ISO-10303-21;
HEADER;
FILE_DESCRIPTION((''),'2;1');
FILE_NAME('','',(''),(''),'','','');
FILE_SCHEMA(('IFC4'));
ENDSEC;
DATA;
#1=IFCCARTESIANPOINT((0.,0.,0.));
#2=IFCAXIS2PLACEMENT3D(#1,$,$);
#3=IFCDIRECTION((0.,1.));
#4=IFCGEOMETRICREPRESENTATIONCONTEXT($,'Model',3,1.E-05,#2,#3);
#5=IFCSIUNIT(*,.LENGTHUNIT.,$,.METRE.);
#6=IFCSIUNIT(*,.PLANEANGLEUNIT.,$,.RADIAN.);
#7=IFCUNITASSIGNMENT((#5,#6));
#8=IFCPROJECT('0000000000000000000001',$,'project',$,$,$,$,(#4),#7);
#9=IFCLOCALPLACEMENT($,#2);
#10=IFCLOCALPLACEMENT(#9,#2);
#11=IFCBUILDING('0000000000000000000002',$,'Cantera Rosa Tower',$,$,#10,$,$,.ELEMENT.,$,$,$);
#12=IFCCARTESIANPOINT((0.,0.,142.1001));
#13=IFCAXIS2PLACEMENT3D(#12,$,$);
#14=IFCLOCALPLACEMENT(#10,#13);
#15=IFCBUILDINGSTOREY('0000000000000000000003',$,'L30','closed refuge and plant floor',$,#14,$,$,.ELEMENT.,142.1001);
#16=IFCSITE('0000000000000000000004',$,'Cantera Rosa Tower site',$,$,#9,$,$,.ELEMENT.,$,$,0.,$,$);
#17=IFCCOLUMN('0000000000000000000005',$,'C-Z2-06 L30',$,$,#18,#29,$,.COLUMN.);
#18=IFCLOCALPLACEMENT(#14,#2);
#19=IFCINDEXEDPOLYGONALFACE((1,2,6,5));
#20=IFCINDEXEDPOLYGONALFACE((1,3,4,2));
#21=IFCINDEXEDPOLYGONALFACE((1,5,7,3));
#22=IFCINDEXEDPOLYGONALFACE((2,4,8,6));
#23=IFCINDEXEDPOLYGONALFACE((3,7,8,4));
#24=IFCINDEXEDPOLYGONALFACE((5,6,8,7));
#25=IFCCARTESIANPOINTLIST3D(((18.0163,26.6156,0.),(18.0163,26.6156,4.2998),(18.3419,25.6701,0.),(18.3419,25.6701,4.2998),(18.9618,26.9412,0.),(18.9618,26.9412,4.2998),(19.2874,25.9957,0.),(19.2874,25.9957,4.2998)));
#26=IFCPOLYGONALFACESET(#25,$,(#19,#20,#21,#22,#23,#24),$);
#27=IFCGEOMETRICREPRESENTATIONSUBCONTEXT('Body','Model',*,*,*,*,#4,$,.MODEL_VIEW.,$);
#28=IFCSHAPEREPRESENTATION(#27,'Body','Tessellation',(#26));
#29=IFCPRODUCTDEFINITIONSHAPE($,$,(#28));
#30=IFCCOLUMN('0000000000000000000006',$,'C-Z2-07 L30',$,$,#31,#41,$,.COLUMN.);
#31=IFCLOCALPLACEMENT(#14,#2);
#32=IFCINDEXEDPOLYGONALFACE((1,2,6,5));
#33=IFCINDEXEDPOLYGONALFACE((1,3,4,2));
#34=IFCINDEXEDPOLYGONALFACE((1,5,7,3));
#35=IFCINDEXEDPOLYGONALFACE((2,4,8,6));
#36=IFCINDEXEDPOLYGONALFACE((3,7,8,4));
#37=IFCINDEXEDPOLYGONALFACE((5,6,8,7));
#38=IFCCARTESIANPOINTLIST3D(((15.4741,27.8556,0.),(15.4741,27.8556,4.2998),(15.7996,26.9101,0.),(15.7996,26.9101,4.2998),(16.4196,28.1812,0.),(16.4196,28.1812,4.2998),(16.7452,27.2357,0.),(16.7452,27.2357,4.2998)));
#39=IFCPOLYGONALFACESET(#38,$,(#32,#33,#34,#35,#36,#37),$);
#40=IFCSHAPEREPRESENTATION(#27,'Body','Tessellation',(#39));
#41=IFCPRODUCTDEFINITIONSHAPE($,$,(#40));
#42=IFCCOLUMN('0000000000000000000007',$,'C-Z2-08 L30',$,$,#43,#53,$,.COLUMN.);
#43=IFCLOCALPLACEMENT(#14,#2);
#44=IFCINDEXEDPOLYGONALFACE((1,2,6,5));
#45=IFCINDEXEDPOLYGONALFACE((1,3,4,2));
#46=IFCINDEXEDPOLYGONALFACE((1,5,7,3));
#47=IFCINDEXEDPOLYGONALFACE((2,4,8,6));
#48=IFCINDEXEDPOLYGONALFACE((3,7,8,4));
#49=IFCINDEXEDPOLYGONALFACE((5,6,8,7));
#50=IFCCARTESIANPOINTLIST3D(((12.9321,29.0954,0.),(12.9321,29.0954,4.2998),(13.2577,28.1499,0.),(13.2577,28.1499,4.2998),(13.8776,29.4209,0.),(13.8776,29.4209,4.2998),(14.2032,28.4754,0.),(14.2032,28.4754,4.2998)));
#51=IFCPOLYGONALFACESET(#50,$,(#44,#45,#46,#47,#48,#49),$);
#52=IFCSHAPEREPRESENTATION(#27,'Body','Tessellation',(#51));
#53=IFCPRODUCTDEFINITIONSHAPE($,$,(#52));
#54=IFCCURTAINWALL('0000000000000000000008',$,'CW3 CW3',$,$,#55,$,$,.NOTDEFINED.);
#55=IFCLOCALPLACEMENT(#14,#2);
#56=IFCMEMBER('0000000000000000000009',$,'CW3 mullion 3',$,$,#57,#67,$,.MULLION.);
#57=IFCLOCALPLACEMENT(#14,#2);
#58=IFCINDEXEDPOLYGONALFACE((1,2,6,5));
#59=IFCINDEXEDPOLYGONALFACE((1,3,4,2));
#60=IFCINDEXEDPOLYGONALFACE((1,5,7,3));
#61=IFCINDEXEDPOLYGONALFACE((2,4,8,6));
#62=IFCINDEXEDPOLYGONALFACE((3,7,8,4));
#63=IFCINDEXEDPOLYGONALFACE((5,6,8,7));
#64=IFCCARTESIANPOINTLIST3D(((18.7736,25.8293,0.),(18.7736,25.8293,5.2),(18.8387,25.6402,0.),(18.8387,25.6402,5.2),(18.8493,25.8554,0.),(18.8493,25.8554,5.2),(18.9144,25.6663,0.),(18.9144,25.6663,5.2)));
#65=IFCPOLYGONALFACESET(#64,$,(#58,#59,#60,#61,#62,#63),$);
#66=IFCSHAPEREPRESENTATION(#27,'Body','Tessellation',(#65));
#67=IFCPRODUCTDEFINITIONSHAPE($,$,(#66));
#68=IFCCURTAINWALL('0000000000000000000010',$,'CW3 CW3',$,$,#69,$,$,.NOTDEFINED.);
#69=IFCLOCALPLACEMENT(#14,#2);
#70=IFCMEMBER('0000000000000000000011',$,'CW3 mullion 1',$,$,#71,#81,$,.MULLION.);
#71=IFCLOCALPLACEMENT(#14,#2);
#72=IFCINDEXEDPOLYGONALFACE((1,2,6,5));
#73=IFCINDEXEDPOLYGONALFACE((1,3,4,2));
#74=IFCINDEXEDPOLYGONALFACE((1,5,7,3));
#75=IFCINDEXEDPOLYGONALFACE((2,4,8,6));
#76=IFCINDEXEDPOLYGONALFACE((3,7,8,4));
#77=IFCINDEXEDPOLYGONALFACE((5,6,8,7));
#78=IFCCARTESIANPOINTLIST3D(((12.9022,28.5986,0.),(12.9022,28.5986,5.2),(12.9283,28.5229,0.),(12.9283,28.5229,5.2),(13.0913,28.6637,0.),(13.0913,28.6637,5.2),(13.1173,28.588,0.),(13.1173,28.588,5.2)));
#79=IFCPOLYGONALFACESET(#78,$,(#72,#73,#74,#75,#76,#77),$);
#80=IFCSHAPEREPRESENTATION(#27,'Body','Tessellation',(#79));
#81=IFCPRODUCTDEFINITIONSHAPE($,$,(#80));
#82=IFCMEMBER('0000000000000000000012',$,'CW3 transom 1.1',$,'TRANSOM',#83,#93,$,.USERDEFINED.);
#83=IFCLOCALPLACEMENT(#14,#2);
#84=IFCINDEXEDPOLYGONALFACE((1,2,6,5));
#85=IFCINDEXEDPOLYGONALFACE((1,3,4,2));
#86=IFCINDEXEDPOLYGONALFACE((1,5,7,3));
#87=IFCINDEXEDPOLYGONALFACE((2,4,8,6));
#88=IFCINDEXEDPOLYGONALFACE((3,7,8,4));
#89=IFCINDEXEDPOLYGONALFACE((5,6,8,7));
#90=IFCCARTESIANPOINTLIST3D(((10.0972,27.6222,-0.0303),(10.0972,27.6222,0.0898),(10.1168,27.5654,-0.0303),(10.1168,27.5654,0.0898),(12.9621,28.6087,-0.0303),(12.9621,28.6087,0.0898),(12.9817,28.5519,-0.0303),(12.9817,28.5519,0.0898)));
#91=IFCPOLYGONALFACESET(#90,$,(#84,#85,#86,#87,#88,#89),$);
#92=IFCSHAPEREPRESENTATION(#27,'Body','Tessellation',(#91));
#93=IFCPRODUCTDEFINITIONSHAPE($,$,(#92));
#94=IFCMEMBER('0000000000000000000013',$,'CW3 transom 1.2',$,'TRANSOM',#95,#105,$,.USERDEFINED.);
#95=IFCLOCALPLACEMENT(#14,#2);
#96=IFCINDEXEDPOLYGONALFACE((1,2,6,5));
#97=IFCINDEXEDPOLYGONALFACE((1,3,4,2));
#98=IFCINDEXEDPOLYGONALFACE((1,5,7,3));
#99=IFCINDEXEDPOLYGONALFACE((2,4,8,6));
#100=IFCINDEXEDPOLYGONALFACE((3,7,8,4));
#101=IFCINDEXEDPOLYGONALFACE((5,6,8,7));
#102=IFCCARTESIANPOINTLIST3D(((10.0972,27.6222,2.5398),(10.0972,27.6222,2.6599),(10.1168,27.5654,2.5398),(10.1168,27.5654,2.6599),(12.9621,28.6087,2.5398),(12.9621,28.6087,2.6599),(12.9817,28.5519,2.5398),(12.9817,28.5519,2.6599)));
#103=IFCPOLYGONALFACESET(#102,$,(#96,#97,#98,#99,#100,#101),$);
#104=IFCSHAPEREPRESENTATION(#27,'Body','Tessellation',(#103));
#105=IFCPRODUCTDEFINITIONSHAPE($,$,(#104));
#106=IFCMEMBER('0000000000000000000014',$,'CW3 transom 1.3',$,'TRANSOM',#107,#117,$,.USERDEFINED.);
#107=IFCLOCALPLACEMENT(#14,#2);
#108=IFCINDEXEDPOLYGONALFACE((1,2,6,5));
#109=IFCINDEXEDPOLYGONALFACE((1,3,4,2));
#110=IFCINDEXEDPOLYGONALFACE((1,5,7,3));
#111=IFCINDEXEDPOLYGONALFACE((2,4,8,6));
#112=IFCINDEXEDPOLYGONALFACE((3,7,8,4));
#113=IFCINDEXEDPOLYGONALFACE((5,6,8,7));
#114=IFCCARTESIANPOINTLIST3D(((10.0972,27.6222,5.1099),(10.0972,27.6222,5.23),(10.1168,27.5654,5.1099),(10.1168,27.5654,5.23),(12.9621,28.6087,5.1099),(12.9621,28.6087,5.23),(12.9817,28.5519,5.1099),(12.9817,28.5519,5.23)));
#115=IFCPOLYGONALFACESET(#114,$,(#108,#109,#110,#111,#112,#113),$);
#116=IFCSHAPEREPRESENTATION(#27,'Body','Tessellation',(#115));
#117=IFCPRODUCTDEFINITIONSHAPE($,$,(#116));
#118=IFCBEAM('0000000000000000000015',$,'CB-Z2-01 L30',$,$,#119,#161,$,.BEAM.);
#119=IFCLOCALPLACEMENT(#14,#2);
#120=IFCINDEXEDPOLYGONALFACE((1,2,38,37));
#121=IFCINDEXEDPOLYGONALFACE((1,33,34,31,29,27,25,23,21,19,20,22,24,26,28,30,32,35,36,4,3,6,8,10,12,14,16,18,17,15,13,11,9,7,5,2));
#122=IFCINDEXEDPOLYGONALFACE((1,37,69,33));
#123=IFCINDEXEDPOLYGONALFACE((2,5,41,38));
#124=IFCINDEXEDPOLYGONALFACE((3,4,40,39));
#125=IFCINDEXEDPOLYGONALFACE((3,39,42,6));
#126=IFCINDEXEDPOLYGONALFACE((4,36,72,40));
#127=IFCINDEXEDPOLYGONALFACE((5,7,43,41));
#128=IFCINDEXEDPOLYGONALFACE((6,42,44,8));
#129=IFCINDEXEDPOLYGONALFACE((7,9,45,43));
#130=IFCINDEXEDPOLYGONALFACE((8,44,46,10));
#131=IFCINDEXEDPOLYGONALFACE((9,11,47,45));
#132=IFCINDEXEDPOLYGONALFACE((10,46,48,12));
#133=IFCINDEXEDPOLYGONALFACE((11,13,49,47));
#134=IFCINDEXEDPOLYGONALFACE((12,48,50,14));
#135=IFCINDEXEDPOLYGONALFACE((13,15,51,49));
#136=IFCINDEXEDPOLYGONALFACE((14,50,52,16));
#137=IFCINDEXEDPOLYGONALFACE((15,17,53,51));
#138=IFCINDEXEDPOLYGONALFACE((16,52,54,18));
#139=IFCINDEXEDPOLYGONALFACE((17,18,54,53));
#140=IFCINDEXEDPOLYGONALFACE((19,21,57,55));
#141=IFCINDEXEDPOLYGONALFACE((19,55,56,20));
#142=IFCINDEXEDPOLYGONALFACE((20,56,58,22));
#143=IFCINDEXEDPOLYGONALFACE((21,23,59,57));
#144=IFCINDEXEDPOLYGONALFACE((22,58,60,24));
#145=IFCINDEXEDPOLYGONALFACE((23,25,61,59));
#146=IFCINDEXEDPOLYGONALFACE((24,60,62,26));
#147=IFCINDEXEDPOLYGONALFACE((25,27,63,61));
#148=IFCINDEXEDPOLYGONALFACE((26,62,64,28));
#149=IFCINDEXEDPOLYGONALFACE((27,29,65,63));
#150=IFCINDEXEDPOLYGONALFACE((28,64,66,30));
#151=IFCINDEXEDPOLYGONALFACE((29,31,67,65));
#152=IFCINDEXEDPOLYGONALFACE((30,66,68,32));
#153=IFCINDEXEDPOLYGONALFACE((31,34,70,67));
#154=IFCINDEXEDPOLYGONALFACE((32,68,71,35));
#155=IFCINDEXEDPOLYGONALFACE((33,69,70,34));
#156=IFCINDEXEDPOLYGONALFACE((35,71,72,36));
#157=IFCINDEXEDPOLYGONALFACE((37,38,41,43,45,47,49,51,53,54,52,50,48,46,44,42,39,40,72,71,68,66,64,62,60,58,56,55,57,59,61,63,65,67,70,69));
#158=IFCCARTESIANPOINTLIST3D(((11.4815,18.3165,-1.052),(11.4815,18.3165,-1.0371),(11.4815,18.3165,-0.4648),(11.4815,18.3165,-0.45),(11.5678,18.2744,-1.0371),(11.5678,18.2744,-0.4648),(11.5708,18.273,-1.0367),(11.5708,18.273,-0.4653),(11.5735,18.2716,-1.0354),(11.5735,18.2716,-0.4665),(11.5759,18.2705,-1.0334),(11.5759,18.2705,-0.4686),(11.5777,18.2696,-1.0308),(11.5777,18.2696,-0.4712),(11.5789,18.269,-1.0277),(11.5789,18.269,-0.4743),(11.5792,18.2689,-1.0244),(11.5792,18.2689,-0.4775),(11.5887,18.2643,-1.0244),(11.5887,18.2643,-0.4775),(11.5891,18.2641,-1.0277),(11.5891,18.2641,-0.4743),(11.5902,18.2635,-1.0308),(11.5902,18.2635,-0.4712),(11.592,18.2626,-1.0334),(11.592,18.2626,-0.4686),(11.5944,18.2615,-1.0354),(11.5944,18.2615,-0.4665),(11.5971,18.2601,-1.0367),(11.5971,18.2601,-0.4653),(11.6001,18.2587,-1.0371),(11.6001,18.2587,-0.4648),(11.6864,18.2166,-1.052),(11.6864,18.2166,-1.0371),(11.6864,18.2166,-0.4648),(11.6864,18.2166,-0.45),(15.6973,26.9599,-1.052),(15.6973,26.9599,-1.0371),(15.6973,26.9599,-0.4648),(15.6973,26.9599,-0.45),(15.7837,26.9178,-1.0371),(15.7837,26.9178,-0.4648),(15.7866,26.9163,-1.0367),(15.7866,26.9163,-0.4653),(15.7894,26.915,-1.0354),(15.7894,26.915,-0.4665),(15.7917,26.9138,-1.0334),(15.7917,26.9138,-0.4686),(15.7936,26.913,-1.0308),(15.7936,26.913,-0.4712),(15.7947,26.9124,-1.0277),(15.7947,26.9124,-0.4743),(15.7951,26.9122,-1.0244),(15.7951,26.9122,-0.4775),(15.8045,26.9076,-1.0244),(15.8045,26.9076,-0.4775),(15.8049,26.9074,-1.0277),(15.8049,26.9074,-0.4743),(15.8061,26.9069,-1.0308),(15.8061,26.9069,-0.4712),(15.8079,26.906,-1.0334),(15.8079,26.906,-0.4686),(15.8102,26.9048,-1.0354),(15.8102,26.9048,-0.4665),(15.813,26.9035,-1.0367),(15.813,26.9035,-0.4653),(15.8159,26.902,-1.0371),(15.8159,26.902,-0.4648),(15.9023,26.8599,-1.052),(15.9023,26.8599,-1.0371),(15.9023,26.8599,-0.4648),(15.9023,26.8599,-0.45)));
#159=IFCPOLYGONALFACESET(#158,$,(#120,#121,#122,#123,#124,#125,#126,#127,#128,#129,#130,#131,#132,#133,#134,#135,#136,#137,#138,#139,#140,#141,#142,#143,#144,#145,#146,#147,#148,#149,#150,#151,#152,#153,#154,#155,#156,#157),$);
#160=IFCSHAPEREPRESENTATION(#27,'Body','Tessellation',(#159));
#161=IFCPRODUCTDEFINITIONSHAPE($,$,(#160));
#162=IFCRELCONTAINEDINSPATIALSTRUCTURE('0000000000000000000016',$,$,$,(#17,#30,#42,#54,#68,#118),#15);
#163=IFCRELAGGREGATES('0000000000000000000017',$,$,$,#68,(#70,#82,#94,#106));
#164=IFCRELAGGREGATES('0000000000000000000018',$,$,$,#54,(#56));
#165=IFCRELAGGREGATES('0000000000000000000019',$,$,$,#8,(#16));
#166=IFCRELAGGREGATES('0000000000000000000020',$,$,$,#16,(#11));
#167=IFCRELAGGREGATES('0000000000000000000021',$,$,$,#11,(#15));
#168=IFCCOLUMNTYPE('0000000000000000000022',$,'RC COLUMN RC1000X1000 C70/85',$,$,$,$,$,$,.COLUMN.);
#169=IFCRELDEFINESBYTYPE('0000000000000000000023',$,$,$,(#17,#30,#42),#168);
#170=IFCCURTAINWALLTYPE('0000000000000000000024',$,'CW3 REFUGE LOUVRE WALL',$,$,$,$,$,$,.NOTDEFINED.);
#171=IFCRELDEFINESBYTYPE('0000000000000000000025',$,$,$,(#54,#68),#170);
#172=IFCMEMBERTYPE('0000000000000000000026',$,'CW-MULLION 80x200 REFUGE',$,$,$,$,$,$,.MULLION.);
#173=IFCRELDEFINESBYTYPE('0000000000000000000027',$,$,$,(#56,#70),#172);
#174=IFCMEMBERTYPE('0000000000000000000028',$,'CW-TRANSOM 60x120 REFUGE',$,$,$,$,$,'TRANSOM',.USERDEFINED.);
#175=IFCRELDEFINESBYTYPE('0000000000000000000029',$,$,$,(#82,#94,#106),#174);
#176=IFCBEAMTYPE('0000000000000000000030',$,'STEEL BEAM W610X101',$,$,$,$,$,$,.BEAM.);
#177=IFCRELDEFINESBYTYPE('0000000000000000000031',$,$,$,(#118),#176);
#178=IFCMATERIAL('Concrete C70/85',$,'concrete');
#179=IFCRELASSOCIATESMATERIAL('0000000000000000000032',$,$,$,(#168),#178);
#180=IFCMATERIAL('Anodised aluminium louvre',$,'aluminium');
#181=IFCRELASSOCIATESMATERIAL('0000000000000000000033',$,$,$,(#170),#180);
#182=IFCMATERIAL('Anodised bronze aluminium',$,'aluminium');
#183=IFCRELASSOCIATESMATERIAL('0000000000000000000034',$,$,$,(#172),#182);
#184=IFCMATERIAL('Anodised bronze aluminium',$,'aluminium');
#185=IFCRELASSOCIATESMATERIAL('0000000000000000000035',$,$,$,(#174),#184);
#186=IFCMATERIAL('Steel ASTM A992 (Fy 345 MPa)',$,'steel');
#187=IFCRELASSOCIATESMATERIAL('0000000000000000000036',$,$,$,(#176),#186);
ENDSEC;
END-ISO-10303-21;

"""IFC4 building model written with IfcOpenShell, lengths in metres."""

from ifc_helpers import new_model, si_unit, direction, frame, origin, origin_2d, place, context, subcontext, project, spatial, rectangle, i_section, extrude, material, material_profile, profile_set, type_object, element, aggregate, save


model = new_model("IFC4")

# Units and contexts
model_context = context("Model", 3, precision=1e-05, world=origin(), true_north=direction((0.0, 1.0)))
body_context = subcontext(model_context, "Body", "Model", "MODEL_VIEW")
ifc_project = project(units=[si_unit("LENGTHUNIT", "METRE"), si_unit("PLANEANGLEUNIT", "RADIAN")], contexts=[model_context])

# Site, building, storey
site_placement = place(None, origin())
site = spatial("IfcSite", under=ifc_project, at=site_placement, Name="Cantera Rosa Tower site", CompositionType="ELEMENT", RefElevation=0.0)
building_placement = place(site_placement, origin())
building = spatial("IfcBuilding", under=site, at=building_placement, Name="Cantera Rosa Tower", CompositionType="ELEMENT")
storey_placement = place(building_placement, frame((0.0, 0.0, 142.1001)))
storey = spatial("IfcBuildingStorey", under=building, at=storey_placement, Name="L30", Description="closed refuge and plant floor", CompositionType="ELEMENT", Elevation=142.1001)

# Columns
ifc_material_1 = material(Name="Concrete C70/85", Category="concrete")
ifc_material_profile_1 = material_profile(ifc_material_1, rectangle(XDim=1.0, YDim=1.0, at=origin_2d()), Name="RC COLUMN RC1000X1000 C70/85")
ifc_profile_set_1 = profile_set([ifc_material_profile_1], Name="Concrete C70/85")
column_type = type_object("IfcColumnType", Name="RC COLUMN RC1000X1000 C70/85", PredefinedType="COLUMN", material=ifc_profile_set_1)
for number, where, z_axis, x_axis, name in (
    (1, (18.6519, 26.3057, 0.0), (0.0, 0.0, 1.0), (0.945519, 0.325568, 0.0), "C-Z2-06 L30"),
    (2, (16.1096, 27.5457, 0.0), (0.0, 0.0, 1.0), (0.945519, 0.325568, 0.0), "C-Z2-07 L30"),
    (3, (13.5676, 28.7854, 0.0), (0.0, 0.0, 1.0), (0.945519, 0.325568, 0.0), "C-Z2-08 L30"),
):
    element("IfcColumn", number, at=place(storey_placement, frame(where, z_axis=z_axis, x_axis=x_axis)), inside=storey, type_object=column_type, Name=name, PredefinedType="COLUMN", context=body_context, shape_type="SweptSolid", body=[
        extrude(rectangle(XDim=1.0, YDim=1.0, at=origin_2d()), origin(), (0.0, 0.0, 1.0), 4.2998),
    ])

# Curtain wall, member
ifc_material_2 = material(Name="Anodised aluminium louvre", Category="aluminium")
curtain_wall_type = type_object("IfcCurtainWallType", Name="CW3 REFUGE LOUVRE WALL", PredefinedType="NOTDEFINED", material=ifc_material_2)
curtain_wall_1_placement = place(storey_placement, origin())
curtain_wall_1 = element("IfcCurtainWall", 4, at=curtain_wall_1_placement, inside=storey, type_object=curtain_wall_type, Name="CW3 CW3", PredefinedType="NOTDEFINED")
ifc_material_3 = material(Name="Anodised bronze aluminium", Category="aluminium")
ifc_material_profile_2 = material_profile(ifc_material_3, rectangle(XDim=0.0801, YDim=0.2, at=origin_2d()), Name="CW-MULLION 80x200 REFUGE")
ifc_profile_set_2 = profile_set([ifc_material_profile_2], Name="Anodised bronze aluminium")
member_type_1 = type_object("IfcMemberType", Name="CW-MULLION 80x200 REFUGE", PredefinedType="MULLION", material=ifc_profile_set_2)
member_1_placement = place(storey_placement, frame((18.844, 25.7478, 0.0), z_axis=(0.0, 0.0, 1.0), x_axis=(-0.945519, -0.325568, 0.0)))
member_1 = element("IfcMember", 5, at=member_1_placement, type_object=member_type_1, Name="CW3 mullion 3", PredefinedType="MULLION", context=body_context, shape_type="SweptSolid", body=[
    extrude(rectangle(XDim=0.0801, YDim=0.2, at=origin_2d()), origin(), (0.0, 0.0, 1.0), 5.2),
])

# Curtain wall, members
curtain_wall_2_placement = place(storey_placement, origin())
curtain_wall_2 = element("IfcCurtainWall", 6, at=curtain_wall_2_placement, inside=storey, type_object=curtain_wall_type, Name="CW3 CW3", PredefinedType="NOTDEFINED")
member_2_placement = place(storey_placement, frame((13.0098, 28.5933, 0.0), z_axis=(0.0, 0.0, 1.0), x_axis=(0.325568, -0.945519, 0.0)))
member_2 = element("IfcMember", 7, at=member_2_placement, type_object=member_type_1, Name="CW3 mullion 1", PredefinedType="MULLION", context=body_context, shape_type="SweptSolid", body=[
    extrude(rectangle(XDim=0.0801, YDim=0.2, at=origin_2d()), origin(), (0.0, 0.0, 1.0), 5.2),
])
ifc_material_4 = material(Name="Anodised bronze aluminium", Category="aluminium")
ifc_material_profile_3 = material_profile(ifc_material_4, rectangle(XDim=0.0601, YDim=0.1201, at=origin_2d()), Name="CW-TRANSOM 60x120 REFUGE")
ifc_profile_set_3 = profile_set([ifc_material_profile_3], Name="Anodised bronze aluminium")
member_type_2 = type_object("IfcMemberType", Name="CW-TRANSOM 60x120 REFUGE", ElementType="TRANSOM", PredefinedType="USERDEFINED", material=ifc_profile_set_3)
member_3_placement = place(storey_placement, frame((12.9719, 28.5803, 0.0298), z_axis=(-0.945511, -0.325591, 0.0), x_axis=(0.325591, -0.945511, 0.0)))
member_3 = element("IfcMember", 8, at=member_3_placement, type_object=member_type_2, Name="CW3 transom 1.1", ObjectType="TRANSOM", PredefinedType="USERDEFINED", context=body_context, shape_type="SweptSolid", body=[
    extrude(rectangle(XDim=0.0601, YDim=0.1201, at=origin_2d()), origin(), (0.0, 0.0, 1.0), 3.03),
])
member_4_placement = place(storey_placement, frame((12.9719, 28.5803, 2.5999), z_axis=(-0.945511, -0.325591, 0.0), x_axis=(0.325591, -0.945511, 0.0)))
member_4 = element("IfcMember", 9, at=member_4_placement, type_object=member_type_2, Name="CW3 transom 1.2", ObjectType="TRANSOM", PredefinedType="USERDEFINED", context=body_context, shape_type="SweptSolid", body=[
    extrude(rectangle(XDim=0.0601, YDim=0.1201, at=origin_2d()), origin(), (0.0, 0.0, 1.0), 3.03),
])
member_5_placement = place(storey_placement, frame((12.9719, 28.5803, 5.1699), z_axis=(-0.945511, -0.325591, 0.0), x_axis=(0.325591, -0.945511, 0.0)))
member_5 = element("IfcMember", 10, at=member_5_placement, type_object=member_type_2, Name="CW3 transom 1.3", ObjectType="TRANSOM", PredefinedType="USERDEFINED", context=body_context, shape_type="SweptSolid", body=[
    extrude(rectangle(XDim=0.0601, YDim=0.1201, at=origin_2d()), origin(), (0.0, 0.0, 1.0), 3.03),
])
aggregate(curtain_wall_2, [member_2, member_3, member_4, member_5])

# Beam
ifc_material_5 = material(Name="Steel ASTM A992 (Fy 345 MPa)", Category="steel")
ifc_material_profile_4 = material_profile(ifc_material_5, i_section(OverallWidth=0.228, OverallDepth=0.6021, WebThickness=0.0105, FlangeThickness=0.0149, FilletRadius=0.0127, at=origin_2d()), Name="W610X101")
ifc_profile_set_4 = profile_set([ifc_material_profile_4], Name="Steel ASTM A992 (Fy 345 MPa)")
beam_type_1 = type_object("IfcBeamType", Name="STEEL BEAM W610X101", PredefinedType="BEAM", material=ifc_profile_set_4)
beam_1_placement = place(storey_placement, frame((15.7998, 26.9099, -0.751), z_axis=(-0.438388, -0.898786, 0.0), x_axis=(0.898786, -0.438388, 0.0)))
element("IfcBeam", 11, at=beam_1_placement, inside=storey, type_object=beam_type_1, Name="CB-Z2-01 L30", PredefinedType="BEAM", context=body_context, shape_type="SweptSolid", body=[
    extrude(i_section(OverallWidth=0.228, OverallDepth=0.6021, WebThickness=0.0105, FlangeThickness=0.0149, FilletRadius=0.0127, at=origin_2d()), origin(), (0.0, 0.0, 1.0), 9.6167),
])

aggregate(curtain_wall_1, [member_1])

save(model, "model.ifc")
